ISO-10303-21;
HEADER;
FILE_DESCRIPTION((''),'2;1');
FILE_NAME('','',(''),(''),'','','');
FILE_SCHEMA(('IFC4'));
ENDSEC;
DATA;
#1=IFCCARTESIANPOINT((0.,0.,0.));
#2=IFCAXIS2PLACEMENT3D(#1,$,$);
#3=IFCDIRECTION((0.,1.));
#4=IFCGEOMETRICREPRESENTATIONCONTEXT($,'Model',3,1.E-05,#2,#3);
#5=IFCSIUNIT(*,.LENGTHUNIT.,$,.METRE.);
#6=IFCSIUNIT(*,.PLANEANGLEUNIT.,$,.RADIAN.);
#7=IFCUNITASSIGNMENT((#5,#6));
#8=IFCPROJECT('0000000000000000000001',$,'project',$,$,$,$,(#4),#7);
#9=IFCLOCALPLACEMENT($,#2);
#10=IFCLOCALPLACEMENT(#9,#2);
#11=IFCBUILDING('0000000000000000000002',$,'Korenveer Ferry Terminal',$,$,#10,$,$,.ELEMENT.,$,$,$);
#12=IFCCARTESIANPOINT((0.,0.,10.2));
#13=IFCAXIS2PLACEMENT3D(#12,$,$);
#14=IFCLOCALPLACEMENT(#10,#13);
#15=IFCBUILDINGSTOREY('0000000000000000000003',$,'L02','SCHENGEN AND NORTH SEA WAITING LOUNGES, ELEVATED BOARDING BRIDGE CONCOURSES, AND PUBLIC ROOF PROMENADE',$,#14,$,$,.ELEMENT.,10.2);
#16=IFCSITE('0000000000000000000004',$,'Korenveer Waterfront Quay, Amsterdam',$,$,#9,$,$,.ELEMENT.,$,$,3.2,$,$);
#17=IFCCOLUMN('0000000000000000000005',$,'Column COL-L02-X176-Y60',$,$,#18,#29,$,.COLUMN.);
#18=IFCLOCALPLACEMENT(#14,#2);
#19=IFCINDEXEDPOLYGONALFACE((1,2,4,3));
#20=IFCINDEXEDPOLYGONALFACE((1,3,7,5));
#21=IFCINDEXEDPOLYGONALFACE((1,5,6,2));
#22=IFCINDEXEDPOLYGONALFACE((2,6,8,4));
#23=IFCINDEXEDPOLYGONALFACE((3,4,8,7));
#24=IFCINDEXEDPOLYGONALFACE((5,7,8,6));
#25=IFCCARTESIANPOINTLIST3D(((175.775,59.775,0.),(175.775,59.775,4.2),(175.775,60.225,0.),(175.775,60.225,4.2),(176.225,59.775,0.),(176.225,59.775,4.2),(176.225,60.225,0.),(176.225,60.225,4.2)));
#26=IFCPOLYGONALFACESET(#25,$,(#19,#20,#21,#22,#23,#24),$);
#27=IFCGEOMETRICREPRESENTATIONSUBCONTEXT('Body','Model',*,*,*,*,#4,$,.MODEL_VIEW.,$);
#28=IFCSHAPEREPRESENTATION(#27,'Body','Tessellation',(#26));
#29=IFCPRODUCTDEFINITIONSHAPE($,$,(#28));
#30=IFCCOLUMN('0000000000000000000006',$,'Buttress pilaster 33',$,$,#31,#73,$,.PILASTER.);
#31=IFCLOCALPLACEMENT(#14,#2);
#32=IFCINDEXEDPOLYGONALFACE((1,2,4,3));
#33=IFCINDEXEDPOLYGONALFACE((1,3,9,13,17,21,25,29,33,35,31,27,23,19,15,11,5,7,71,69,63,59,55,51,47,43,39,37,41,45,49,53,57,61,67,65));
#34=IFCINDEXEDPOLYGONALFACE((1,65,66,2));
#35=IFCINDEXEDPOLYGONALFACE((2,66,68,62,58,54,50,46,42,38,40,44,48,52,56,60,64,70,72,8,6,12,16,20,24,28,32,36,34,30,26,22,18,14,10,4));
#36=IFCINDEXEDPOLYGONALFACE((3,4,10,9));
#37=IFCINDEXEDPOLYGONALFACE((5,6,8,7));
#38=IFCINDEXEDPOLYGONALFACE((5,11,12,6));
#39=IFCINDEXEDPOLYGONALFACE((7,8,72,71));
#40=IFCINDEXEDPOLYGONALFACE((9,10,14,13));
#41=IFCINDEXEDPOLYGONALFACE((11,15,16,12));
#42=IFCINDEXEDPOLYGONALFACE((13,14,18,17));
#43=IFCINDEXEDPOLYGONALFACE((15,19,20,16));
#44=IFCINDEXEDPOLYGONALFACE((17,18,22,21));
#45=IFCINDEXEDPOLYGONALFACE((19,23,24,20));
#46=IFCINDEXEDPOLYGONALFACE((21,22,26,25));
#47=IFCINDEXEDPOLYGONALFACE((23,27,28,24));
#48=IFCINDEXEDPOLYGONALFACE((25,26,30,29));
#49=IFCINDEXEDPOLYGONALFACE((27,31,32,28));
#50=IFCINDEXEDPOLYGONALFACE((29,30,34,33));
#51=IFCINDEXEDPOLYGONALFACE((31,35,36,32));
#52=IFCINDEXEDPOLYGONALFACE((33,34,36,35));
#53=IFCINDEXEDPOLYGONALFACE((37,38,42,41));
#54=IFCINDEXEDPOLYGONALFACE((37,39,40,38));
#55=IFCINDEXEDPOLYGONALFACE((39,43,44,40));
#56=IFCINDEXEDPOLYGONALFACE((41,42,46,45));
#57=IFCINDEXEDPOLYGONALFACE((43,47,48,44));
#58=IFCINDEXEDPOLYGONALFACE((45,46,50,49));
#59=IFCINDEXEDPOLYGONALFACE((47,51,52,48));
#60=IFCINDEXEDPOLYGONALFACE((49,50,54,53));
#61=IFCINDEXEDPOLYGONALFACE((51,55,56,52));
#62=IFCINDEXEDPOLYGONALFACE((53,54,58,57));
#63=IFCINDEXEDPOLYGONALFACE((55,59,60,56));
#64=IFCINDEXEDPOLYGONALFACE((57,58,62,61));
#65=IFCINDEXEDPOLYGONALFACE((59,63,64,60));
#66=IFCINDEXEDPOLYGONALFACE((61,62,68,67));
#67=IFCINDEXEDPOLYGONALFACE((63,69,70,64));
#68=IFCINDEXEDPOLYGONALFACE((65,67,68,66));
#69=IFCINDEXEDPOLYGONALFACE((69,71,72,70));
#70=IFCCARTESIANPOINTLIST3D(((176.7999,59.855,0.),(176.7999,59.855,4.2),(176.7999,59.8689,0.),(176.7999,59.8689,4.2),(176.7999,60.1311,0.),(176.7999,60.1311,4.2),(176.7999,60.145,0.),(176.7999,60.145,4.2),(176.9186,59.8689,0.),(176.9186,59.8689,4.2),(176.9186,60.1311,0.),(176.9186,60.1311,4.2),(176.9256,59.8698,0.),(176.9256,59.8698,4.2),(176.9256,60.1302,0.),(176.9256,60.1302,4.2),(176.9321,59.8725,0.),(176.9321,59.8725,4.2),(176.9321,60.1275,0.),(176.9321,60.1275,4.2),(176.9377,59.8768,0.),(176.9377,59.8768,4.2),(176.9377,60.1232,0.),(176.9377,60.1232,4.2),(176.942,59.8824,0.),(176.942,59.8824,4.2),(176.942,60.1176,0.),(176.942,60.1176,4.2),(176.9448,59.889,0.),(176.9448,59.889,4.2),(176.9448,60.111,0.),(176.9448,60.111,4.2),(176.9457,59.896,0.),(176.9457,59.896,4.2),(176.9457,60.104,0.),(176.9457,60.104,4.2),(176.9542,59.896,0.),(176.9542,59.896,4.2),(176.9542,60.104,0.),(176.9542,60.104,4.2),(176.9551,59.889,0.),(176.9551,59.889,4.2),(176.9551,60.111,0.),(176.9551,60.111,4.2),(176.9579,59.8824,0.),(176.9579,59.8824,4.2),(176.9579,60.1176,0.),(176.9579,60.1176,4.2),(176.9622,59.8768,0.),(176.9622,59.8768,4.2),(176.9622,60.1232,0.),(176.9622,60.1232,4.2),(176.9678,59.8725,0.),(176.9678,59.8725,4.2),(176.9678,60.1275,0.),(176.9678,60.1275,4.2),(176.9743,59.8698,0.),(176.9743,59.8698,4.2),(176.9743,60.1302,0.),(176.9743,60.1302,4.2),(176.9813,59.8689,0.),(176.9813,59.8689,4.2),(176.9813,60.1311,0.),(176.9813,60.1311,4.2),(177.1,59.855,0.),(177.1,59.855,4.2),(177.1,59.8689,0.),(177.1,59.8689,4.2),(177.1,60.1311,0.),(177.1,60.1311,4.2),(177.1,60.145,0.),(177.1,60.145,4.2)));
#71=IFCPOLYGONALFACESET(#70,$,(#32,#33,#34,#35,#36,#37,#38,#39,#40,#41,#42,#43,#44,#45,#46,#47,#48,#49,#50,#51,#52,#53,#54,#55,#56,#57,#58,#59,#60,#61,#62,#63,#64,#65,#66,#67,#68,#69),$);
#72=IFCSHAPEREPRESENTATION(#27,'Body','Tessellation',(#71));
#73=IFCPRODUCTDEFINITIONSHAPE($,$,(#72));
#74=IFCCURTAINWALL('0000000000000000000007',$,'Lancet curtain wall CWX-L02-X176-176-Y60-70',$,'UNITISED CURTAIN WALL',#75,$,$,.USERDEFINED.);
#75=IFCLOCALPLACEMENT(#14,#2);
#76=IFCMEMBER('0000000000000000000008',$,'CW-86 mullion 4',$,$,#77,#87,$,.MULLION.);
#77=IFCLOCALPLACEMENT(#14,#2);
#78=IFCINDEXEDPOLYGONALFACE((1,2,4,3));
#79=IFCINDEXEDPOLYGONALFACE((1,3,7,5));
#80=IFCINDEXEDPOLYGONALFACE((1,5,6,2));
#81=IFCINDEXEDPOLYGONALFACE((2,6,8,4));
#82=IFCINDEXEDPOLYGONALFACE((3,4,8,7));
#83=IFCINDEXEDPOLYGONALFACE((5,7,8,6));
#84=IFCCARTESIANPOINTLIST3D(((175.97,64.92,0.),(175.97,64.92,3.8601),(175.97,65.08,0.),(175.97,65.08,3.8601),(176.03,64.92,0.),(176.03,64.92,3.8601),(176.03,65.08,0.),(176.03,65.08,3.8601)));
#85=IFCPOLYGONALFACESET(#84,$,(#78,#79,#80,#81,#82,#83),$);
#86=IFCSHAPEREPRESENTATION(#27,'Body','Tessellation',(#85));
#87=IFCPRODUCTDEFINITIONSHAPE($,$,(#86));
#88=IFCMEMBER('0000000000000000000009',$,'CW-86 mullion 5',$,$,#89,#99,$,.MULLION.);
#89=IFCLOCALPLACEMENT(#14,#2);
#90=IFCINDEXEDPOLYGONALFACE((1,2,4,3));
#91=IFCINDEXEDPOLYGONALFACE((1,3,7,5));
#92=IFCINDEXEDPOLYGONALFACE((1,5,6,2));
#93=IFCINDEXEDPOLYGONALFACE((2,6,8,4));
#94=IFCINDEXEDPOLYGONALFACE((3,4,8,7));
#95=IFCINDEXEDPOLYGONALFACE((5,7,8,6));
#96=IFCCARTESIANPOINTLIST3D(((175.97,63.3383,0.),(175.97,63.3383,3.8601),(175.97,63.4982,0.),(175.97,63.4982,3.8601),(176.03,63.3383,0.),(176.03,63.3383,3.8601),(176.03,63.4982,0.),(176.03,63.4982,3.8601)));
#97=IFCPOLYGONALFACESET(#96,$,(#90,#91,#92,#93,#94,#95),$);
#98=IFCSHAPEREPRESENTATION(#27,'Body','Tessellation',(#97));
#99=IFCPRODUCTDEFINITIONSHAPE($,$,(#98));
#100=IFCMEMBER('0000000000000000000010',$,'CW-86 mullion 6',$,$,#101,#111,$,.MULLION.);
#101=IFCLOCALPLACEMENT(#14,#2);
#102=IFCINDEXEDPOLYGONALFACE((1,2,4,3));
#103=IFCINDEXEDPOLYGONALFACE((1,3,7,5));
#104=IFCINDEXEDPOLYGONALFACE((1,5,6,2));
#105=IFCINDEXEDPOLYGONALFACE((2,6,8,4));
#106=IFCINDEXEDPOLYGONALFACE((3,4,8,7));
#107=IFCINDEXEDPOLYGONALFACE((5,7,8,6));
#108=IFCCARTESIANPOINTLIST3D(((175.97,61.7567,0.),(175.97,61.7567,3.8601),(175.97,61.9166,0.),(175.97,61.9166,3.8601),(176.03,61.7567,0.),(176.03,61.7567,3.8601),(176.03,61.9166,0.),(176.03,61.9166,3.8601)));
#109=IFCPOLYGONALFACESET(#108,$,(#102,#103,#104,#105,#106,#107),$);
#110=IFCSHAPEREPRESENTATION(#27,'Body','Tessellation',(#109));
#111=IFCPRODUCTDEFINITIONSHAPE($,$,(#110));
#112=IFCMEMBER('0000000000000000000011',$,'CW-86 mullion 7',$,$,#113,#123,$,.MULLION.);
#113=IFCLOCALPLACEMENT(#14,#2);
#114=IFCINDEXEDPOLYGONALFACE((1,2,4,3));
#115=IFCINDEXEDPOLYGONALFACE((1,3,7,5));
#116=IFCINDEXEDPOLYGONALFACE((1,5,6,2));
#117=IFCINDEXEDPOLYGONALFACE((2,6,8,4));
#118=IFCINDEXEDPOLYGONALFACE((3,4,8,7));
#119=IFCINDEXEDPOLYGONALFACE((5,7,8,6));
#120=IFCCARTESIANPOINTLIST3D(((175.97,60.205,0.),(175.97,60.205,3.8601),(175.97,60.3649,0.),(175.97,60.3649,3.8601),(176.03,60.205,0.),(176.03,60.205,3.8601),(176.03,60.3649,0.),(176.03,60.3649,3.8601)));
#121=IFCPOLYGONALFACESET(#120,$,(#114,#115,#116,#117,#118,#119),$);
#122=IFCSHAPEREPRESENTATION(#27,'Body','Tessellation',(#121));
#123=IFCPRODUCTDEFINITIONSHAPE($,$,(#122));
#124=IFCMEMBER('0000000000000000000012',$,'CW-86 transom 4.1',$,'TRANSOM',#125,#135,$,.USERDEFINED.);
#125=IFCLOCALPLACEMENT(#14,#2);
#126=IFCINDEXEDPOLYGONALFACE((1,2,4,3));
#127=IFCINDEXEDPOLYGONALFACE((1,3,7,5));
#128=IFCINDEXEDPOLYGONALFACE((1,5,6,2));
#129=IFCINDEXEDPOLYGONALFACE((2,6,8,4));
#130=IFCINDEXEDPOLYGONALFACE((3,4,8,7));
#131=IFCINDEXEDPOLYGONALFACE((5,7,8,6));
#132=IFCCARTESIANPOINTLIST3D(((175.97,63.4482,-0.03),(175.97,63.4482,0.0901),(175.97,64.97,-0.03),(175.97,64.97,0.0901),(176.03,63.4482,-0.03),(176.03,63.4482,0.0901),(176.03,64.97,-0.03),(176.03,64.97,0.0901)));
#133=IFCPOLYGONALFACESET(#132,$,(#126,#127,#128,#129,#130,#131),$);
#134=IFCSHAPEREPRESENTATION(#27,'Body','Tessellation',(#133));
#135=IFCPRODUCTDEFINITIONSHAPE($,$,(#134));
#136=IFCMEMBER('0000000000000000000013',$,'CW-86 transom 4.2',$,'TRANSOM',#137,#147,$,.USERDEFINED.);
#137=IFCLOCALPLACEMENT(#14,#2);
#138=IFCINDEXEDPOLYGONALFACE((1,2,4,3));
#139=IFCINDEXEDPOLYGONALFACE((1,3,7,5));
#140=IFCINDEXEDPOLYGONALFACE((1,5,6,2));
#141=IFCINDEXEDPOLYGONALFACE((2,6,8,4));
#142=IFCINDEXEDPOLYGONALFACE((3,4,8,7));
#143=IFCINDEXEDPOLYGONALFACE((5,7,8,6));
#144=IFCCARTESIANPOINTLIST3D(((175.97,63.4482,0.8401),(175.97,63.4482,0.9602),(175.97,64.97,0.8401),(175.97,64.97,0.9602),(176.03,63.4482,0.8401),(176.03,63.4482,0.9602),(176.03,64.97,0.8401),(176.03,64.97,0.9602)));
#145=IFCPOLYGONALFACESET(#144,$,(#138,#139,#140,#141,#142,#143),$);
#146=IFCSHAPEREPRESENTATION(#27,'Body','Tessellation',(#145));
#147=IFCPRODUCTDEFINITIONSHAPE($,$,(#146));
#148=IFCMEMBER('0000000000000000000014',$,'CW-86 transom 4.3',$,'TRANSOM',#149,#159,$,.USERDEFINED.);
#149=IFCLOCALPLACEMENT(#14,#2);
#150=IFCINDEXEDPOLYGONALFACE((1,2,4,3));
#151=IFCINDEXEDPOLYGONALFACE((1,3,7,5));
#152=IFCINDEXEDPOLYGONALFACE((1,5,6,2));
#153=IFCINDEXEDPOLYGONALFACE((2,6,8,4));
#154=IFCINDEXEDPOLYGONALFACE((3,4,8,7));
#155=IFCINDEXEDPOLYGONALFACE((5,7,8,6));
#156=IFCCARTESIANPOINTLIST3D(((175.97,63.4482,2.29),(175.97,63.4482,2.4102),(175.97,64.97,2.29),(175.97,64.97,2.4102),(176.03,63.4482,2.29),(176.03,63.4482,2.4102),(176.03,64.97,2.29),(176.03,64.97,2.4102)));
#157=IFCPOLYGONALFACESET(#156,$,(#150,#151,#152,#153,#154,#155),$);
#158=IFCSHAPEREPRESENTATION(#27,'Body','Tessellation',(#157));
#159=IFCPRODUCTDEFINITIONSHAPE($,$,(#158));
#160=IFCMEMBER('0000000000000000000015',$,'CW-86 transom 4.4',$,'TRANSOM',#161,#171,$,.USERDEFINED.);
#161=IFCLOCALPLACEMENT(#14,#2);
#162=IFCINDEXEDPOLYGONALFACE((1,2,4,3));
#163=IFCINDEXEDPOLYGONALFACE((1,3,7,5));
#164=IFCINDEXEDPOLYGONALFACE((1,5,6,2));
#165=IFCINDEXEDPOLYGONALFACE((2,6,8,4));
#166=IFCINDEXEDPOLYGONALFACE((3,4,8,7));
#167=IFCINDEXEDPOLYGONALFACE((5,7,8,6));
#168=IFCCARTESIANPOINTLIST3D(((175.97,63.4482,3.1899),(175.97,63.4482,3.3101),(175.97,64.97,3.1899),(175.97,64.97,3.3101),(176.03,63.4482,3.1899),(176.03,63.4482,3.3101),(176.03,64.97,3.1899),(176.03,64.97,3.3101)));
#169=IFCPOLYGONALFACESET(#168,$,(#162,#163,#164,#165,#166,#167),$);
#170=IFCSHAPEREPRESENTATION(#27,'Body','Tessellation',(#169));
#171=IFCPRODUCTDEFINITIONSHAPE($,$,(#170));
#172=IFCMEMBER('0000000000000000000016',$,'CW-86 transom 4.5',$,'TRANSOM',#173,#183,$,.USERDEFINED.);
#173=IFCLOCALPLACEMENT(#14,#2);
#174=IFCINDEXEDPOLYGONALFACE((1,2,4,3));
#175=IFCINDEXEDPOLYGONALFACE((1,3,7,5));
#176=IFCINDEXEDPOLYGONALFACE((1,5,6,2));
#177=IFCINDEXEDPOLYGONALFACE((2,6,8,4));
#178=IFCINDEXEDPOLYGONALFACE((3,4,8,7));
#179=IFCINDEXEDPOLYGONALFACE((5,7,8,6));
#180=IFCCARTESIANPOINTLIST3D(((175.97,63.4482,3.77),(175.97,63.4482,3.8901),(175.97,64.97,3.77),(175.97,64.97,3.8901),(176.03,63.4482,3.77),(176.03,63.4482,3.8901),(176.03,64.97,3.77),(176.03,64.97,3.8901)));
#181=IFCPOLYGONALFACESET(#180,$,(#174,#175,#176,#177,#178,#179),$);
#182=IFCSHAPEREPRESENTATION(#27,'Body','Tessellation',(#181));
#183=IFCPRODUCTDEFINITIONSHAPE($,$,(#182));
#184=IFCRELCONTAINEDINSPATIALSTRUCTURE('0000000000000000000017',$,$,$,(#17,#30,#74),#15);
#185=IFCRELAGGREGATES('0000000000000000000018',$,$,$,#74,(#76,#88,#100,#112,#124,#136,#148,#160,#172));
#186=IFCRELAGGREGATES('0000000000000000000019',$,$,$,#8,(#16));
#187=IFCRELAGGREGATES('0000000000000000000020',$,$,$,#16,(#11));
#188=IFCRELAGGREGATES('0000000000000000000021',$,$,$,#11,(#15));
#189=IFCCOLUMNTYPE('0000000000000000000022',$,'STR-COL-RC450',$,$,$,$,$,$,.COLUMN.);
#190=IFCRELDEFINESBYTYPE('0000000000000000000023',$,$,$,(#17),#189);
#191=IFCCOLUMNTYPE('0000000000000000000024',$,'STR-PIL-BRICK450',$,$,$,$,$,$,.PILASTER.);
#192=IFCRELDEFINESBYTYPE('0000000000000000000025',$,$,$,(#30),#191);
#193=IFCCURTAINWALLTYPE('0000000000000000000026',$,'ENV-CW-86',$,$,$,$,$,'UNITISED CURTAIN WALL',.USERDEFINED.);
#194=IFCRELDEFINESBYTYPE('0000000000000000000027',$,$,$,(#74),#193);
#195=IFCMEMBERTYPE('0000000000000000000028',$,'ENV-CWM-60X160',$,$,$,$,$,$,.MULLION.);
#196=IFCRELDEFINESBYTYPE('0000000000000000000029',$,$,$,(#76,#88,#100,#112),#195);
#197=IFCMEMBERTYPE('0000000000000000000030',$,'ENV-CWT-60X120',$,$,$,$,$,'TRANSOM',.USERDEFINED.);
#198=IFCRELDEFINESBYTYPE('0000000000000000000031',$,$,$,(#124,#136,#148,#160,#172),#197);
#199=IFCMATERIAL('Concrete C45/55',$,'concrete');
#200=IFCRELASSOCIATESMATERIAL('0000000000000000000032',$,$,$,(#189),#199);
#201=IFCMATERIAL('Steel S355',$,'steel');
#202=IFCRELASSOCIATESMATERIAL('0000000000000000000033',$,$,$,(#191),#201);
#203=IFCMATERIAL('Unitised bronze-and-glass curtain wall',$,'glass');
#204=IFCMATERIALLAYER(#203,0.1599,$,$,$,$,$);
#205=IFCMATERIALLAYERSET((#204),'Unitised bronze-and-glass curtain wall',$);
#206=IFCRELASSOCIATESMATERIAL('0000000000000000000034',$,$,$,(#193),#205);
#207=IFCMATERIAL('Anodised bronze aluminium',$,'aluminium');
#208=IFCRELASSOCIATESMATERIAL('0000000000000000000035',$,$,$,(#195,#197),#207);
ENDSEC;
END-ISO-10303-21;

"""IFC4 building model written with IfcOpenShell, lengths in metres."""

from ifc_helpers import new_model, si_unit, direction, frame, origin, origin_2d, place, context, subcontext, project, spatial, rectangle, i_section, extrude, material, layer, layer_set, material_profile, profile_set, type_object, element, aggregate, save


model = new_model("IFC4")

# Units and contexts
model_context = context("Model", 3, precision=1e-05, world=origin(), true_north=direction((0.0, 1.0)))
body_context = subcontext(model_context, "Body", "Model", "MODEL_VIEW")
ifc_project = project(units=[si_unit("LENGTHUNIT", "METRE"), si_unit("PLANEANGLEUNIT", "RADIAN")], contexts=[model_context])

# Site, building, storey
site_placement = place(None, origin())
site = spatial("IfcSite", under=ifc_project, at=site_placement, Name="Korenveer Waterfront Quay, Amsterdam", CompositionType="ELEMENT", RefElevation=3.2)
building_placement = place(site_placement, origin())
building = spatial("IfcBuilding", under=site, at=building_placement, Name="Korenveer Ferry Terminal", CompositionType="ELEMENT")
storey_placement = place(building_placement, frame((0.0, 0.0, 10.2)))
storey = spatial("IfcBuildingStorey", under=building, at=storey_placement, Name="L02", Description="SCHENGEN AND NORTH SEA WAITING LOUNGES, ELEVATED BOARDING BRIDGE CONCOURSES, AND PUBLIC ROOF PROMENADE", CompositionType="ELEMENT", Elevation=10.2)

# Columns
ifc_material_1 = material(Name="Concrete C45/55", Category="concrete")
ifc_material_profile_1 = material_profile(ifc_material_1, rectangle(XDim=0.45, YDim=0.45, at=origin_2d()), Name="RC 450x450")
ifc_profile_set_1 = profile_set([ifc_material_profile_1], Name="Concrete C45/55")
column_type_1 = type_object("IfcColumnType", Name="STR-COL-RC450", PredefinedType="COLUMN", material=ifc_profile_set_1)
column_1_placement = place(storey_placement, frame((176.0, 60.0, 0.0), z_axis=(0.0, 0.0, 1.0), x_axis=(1.0, 0.0, 0.0)))
element("IfcColumn", 1, at=column_1_placement, inside=storey, type_object=column_type_1, Name="Column COL-L02-X176-Y60", PredefinedType="COLUMN", context=body_context, shape_type="SweptSolid", body=[
    extrude(rectangle(XDim=0.45, YDim=0.45, at=origin_2d()), origin(), (0.0, 0.0, 1.0), 4.2),
])
ifc_material_2 = material(Name="Steel S355", Category="steel")
ifc_material_profile_2 = material_profile(ifc_material_2, i_section(OverallWidth=0.3, OverallDepth=0.29, WebThickness=0.0085, FlangeThickness=0.0139, FilletRadius=0.0271, at=origin_2d()), Name="HEA 300")
ifc_profile_set_2 = profile_set([ifc_material_profile_2], Name="Steel S355")
column_type_2 = type_object("IfcColumnType", Name="STR-PIL-BRICK450", PredefinedType="PILASTER", material=ifc_profile_set_2)
column_2_placement = place(storey_placement, frame((176.95, 60.0, 0.0), z_axis=(0.0, 0.0, 1.0), x_axis=(1.0, 0.0, 0.0)))
element("IfcColumn", 2, at=column_2_placement, inside=storey, type_object=column_type_2, Name="Buttress pilaster 33", PredefinedType="PILASTER", context=body_context, shape_type="SweptSolid", body=[
    extrude(i_section(OverallWidth=0.3, OverallDepth=0.29, WebThickness=0.0085, FlangeThickness=0.0139, FilletRadius=0.0271, at=origin_2d()), origin(), (0.0, 0.0, 1.0), 4.2),
])

# Curtain wall, members
ifc_material_3 = material(Name="Unitised bronze-and-glass curtain wall", Category="glass")
ifc_layer_1 = layer(ifc_material_3, 0.1599)
ifc_layer_set_1 = layer_set([ifc_layer_1], Name="Unitised bronze-and-glass curtain wall")
curtain_wall_type = type_object("IfcCurtainWallType", Name="ENV-CW-86", ElementType="UNITISED CURTAIN WALL", PredefinedType="USERDEFINED", material=ifc_layer_set_1)
curtain_wall_placement = place(storey_placement, frame((176.0, 69.7451, 0.0)))
curtain_wall = element("IfcCurtainWall", 3, at=curtain_wall_placement, inside=storey, type_object=curtain_wall_type, Name="Lancet curtain wall CWX-L02-X176-176-Y60-70", ObjectType="UNITISED CURTAIN WALL", PredefinedType="USERDEFINED")
ifc_material_4 = material(Name="Anodised bronze aluminium", Category="aluminium")
ifc_material_profile_3 = material_profile(ifc_material_4, rectangle(XDim=0.0601, YDim=0.1599, at=origin_2d()), Name="ALU 60x160")
ifc_profile_set_3 = profile_set([ifc_material_profile_3], Name="Anodised bronze aluminium")
member_type_1 = type_object("IfcMemberType", Name="ENV-CWM-60X160", PredefinedType="MULLION", material=ifc_profile_set_3)
member_1_placement = place(storey_placement, frame((176.0, 65.0, 0.0), z_axis=(0.0, 0.0, 1.0), x_axis=(1.0, 0.0, 0.0)))
member_1 = element("IfcMember", 4, at=member_1_placement, type_object=member_type_1, Name="CW-86 mullion 4", PredefinedType="MULLION", context=body_context, shape_type="SweptSolid", body=[
    extrude(rectangle(XDim=0.0601, YDim=0.1599, at=origin_2d()), origin(), (0.0, 0.0, 1.0), 3.8601),
])
member_2_placement = place(storey_placement, frame((176.0, 63.4182, 0.0), z_axis=(0.0, 0.0, 1.0), x_axis=(1.0, 0.0, 0.0)))
member_2 = element("IfcMember", 5, at=member_2_placement, type_object=member_type_1, Name="CW-86 mullion 5", PredefinedType="MULLION", context=body_context, shape_type="SweptSolid", body=[
    extrude(rectangle(XDim=0.0601, YDim=0.1599, at=origin_2d()), origin(), (0.0, 0.0, 1.0), 3.8601),
])
member_3_placement = place(storey_placement, frame((176.0, 61.8367, 0.0), z_axis=(0.0, 0.0, 1.0), x_axis=(1.0, 0.0, 0.0)))
member_3 = element("IfcMember", 6, at=member_3_placement, type_object=member_type_1, Name="CW-86 mullion 6", PredefinedType="MULLION", context=body_context, shape_type="SweptSolid", body=[
    extrude(rectangle(XDim=0.0601, YDim=0.1599, at=origin_2d()), origin(), (0.0, 0.0, 1.0), 3.8601),
])
member_4_placement = place(storey_placement, frame((176.0, 60.2849, 0.0), z_axis=(0.0, 0.0, 1.0), x_axis=(1.0, 0.0, 0.0)))
member_4 = element("IfcMember", 7, at=member_4_placement, type_object=member_type_1, Name="CW-86 mullion 7", PredefinedType="MULLION", context=body_context, shape_type="SweptSolid", body=[
    extrude(rectangle(XDim=0.0601, YDim=0.1599, at=origin_2d()), origin(), (0.0, 0.0, 1.0), 3.8601),
])
ifc_material_profile_4 = material_profile(ifc_material_4, rectangle(XDim=0.0601, YDim=0.1201, at=origin_2d()), Name="ALU 60x120")
ifc_profile_set_4 = profile_set([ifc_material_profile_4], Name="Anodised bronze aluminium")
member_type_2 = type_object("IfcMemberType", Name="ENV-CWT-60X120", ElementType="TRANSOM", PredefinedType="USERDEFINED", material=ifc_profile_set_4)
member_5_placement = place(storey_placement, frame((176.0, 64.97, 0.03), z_axis=(0.0, -1.0, 0.0), x_axis=(1.0, 0.0, 0.0)))
member_5 = element("IfcMember", 8, at=member_5_placement, type_object=member_type_2, Name="CW-86 transom 4.1", ObjectType="TRANSOM", PredefinedType="USERDEFINED", context=body_context, shape_type="SweptSolid", body=[
    extrude(rectangle(XDim=0.0601, YDim=0.1201, at=origin_2d()), origin(), (0.0, 0.0, 1.0), 1.5217),
])
member_6_placement = place(storey_placement, frame((176.0, 64.97, 0.9001), z_axis=(0.0, -1.0, 0.0), x_axis=(1.0, 0.0, 0.0)))
member_6 = element("IfcMember", 9, at=member_6_placement, type_object=member_type_2, Name="CW-86 transom 4.2", ObjectType="TRANSOM", PredefinedType="USERDEFINED", context=body_context, shape_type="SweptSolid", body=[
    extrude(rectangle(XDim=0.0601, YDim=0.1201, at=origin_2d()), origin(), (0.0, 0.0, 1.0), 1.5217),
])
member_7_placement = place(storey_placement, frame((176.0, 64.97, 2.3501), z_axis=(0.0, -1.0, 0.0), x_axis=(1.0, 0.0, 0.0)))
member_7 = element("IfcMember", 10, at=member_7_placement, type_object=member_type_2, Name="CW-86 transom 4.3", ObjectType="TRANSOM", PredefinedType="USERDEFINED", context=body_context, shape_type="SweptSolid", body=[
    extrude(rectangle(XDim=0.0601, YDim=0.1201, at=origin_2d()), origin(), (0.0, 0.0, 1.0), 1.5217),
])
member_8_placement = place(storey_placement, frame((176.0, 64.97, 3.25), z_axis=(0.0, -1.0, 0.0), x_axis=(1.0, 0.0, 0.0)))
member_8 = element("IfcMember", 11, at=member_8_placement, type_object=member_type_2, Name="CW-86 transom 4.4", ObjectType="TRANSOM", PredefinedType="USERDEFINED", context=body_context, shape_type="SweptSolid", body=[
    extrude(rectangle(XDim=0.0601, YDim=0.1201, at=origin_2d()), origin(), (0.0, 0.0, 1.0), 1.5217),
])
member_9_placement = place(storey_placement, frame((176.0, 64.97, 3.8301), z_axis=(0.0, -1.0, 0.0), x_axis=(1.0, 0.0, 0.0)))
member_9 = element("IfcMember", 12, at=member_9_placement, type_object=member_type_2, Name="CW-86 transom 4.5", ObjectType="TRANSOM", PredefinedType="USERDEFINED", context=body_context, shape_type="SweptSolid", body=[
    extrude(rectangle(XDim=0.0601, YDim=0.1201, at=origin_2d()), origin(), (0.0, 0.0, 1.0), 1.5217),
])

aggregate(curtain_wall, [member_1, member_2, member_3, member_4, member_5, member_6, member_7, member_8, member_9])

save(model, "model.ifc")
